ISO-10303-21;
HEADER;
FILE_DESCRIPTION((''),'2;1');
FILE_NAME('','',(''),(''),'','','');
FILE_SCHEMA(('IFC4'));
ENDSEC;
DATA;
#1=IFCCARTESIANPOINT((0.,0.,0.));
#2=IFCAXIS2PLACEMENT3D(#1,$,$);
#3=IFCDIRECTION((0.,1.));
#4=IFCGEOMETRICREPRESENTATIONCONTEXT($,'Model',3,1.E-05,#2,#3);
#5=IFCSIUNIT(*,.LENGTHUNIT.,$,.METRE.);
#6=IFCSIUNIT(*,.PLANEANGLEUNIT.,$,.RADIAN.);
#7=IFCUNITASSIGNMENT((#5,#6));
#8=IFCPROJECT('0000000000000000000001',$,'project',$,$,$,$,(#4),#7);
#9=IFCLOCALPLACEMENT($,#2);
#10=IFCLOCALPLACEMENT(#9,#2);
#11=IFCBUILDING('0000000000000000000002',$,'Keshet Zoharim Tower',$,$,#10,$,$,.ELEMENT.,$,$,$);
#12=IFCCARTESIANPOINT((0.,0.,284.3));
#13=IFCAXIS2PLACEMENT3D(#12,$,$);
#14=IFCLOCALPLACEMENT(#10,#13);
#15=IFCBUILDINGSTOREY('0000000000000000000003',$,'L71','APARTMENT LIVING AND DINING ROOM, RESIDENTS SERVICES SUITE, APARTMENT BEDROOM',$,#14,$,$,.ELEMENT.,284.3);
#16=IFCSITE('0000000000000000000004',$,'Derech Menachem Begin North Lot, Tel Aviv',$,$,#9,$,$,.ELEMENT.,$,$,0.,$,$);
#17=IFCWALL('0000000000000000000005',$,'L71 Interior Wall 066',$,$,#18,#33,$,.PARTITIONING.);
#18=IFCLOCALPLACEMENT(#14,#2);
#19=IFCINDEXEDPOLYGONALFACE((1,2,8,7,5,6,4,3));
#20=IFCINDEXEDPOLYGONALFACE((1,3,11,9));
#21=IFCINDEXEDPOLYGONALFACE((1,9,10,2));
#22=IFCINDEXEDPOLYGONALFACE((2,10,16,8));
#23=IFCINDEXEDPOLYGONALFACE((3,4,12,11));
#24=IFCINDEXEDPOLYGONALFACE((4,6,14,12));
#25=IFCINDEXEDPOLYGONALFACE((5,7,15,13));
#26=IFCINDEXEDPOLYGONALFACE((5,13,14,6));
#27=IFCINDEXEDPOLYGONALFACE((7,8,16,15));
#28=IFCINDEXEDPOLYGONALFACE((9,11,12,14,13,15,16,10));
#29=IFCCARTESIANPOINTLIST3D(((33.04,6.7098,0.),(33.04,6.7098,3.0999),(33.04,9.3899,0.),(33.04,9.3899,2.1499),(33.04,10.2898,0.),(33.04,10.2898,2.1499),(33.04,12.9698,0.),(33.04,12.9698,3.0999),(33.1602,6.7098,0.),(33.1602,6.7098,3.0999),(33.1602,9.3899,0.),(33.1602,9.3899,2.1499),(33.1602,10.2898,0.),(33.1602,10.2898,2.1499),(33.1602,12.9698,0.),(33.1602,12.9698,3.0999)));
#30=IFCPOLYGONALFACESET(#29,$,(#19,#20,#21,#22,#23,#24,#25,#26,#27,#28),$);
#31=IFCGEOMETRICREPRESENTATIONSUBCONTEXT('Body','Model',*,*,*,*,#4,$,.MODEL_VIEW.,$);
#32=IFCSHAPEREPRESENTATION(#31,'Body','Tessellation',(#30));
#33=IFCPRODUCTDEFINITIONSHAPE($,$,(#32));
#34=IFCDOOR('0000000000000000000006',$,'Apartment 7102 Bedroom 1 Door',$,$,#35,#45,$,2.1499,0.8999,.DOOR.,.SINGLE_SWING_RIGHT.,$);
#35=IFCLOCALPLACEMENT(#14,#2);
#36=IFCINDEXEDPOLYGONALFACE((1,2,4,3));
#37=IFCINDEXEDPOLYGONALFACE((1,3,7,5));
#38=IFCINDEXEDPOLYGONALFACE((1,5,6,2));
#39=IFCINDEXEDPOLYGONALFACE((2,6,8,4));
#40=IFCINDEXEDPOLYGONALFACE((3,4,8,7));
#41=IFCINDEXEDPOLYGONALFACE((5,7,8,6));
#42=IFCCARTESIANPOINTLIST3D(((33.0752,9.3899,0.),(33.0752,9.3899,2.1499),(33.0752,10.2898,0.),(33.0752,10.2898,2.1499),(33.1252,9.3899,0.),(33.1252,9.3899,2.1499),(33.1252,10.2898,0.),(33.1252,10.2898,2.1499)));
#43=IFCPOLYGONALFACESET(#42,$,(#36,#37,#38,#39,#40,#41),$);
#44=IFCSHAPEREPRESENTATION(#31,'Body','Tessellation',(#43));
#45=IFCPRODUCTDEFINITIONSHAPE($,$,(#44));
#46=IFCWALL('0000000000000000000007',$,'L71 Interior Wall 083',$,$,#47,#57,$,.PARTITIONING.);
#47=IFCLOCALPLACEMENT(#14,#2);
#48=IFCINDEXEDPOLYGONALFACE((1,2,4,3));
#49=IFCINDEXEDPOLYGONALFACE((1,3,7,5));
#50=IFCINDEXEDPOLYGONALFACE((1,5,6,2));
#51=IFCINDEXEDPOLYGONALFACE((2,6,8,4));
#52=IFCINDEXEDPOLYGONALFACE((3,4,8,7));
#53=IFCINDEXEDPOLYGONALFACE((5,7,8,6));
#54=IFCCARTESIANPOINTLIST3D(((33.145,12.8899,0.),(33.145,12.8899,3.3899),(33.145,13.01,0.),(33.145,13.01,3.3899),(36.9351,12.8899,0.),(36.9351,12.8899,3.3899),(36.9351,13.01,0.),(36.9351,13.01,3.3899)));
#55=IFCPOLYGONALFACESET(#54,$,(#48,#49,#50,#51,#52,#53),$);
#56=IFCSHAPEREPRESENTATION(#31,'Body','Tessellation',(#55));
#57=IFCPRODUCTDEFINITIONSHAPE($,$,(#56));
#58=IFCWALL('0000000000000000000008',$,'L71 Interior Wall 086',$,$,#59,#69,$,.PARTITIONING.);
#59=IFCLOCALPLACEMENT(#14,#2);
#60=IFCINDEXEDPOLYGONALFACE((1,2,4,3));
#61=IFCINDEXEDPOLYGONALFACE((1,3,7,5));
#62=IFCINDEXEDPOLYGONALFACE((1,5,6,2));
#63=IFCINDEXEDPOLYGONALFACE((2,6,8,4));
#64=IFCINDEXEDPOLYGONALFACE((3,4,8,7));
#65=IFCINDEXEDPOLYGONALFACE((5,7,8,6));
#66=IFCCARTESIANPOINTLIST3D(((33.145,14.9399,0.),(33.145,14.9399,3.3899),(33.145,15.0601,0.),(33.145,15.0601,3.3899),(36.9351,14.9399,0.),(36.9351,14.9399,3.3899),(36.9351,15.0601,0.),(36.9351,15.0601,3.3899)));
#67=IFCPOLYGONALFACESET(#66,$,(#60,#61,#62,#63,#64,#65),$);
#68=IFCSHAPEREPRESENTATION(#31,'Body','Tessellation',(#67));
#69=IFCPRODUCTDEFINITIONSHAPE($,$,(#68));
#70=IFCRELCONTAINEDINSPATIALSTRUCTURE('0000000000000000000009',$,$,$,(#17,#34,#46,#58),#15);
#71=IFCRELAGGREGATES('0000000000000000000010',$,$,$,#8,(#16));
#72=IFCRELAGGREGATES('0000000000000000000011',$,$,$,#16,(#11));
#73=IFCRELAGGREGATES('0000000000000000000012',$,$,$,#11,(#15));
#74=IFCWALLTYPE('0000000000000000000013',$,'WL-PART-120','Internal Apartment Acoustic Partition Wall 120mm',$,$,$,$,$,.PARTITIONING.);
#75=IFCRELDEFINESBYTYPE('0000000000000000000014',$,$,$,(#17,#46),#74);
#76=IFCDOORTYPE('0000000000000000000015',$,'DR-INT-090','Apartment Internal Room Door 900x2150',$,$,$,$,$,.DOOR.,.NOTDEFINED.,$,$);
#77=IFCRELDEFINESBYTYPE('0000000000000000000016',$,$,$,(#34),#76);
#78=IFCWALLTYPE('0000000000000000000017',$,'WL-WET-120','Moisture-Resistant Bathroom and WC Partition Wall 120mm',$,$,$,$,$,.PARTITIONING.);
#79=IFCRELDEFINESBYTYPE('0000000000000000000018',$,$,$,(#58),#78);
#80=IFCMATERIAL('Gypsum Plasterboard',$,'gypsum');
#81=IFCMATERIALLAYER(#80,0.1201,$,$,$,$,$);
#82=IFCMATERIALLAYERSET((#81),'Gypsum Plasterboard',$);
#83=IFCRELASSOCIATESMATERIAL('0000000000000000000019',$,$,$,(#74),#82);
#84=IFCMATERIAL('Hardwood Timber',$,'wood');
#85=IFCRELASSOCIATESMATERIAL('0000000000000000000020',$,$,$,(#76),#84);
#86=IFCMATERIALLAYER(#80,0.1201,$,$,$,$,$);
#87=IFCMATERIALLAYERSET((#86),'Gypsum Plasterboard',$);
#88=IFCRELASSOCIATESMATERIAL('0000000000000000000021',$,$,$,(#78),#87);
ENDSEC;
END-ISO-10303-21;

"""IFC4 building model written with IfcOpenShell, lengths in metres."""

from ifc_helpers import new_model, si_unit, direction, frame, frame_2d, origin, place, context, subcontext, project, spatial, rectangle, extrude, material, layer, layer_set, type_object, element, fill, save


model = new_model("IFC4")

# Units and contexts
model_context = context("Model", 3, precision=1e-05, world=origin(), true_north=direction((0.0, 1.0)))
body_context = subcontext(model_context, "Body", "Model", "MODEL_VIEW")
ifc_project = project(units=[si_unit("LENGTHUNIT", "METRE"), si_unit("PLANEANGLEUNIT", "RADIAN")], contexts=[model_context])

# Site, building, storey
site_placement = place(None, origin())
site = spatial("IfcSite", under=ifc_project, at=site_placement, Name="Derech Menachem Begin North Lot, Tel Aviv", CompositionType="ELEMENT", RefElevation=0.0)
building_placement = place(site_placement, origin())
building = spatial("IfcBuilding", under=site, at=building_placement, Name="Keshet Zoharim Tower", CompositionType="ELEMENT")
storey_placement = place(building_placement, frame((0.0, 0.0, 284.3)))
storey = spatial("IfcBuildingStorey", under=building, at=storey_placement, Name="L71", Description="APARTMENT LIVING AND DINING ROOM, RESIDENTS SERVICES SUITE, APARTMENT BEDROOM", CompositionType="ELEMENT", Elevation=284.3)

# Shared definitions
ifc_material_1 = material(Name="Gypsum Plasterboard", Category="gypsum")
ifc_layer_1 = layer(ifc_material_1, 0.1201)
ifc_layer_set_1 = layer_set([ifc_layer_1], Name="Gypsum Plasterboard")
wall_type_1 = type_object("IfcWallType", Name="WL-PART-120", Description="Internal Apartment Acoustic Partition Wall 120mm", PredefinedType="PARTITIONING", material=ifc_layer_set_1)

# Wall, opening, door
wall_1_placement = place(storey_placement, frame((33.1001, 6.71, 0.0), z_axis=(0.0, 0.0, 1.0), x_axis=(0.0, 1.0, 0.0)))
wall_1 = element("IfcWall", 1, at=wall_1_placement, inside=storey, type_object=wall_type_1, Name="L71 Interior Wall 066", PredefinedType="PARTITIONING", context=body_context, shape_type="SweptSolid", body=[
    extrude(rectangle(XDim=6.26, YDim=0.1201, at=frame_2d((3.1299, 0.0))), origin(), (0.0, 0.0, 1.0), 3.0999),
])
opening_1_placement = place(wall_1_placement, frame((2.6799, 0.0, 0.0)))
opening_1 = element("IfcOpeningElement", 2, at=opening_1_placement, cuts=wall_1, PredefinedType="OPENING", context=body_context, shape_type="SweptSolid", body=[
    extrude(rectangle(XDim=0.8999, YDim=2.1499, at=frame_2d((0.45, 1.075))), frame((0.0, 0.0701, 0.0), z_axis=(0.0, -1.0, 0.0), x_axis=(1.0, 0.0, 0.0)), (0.0, 0.0, 1.0), 0.1401),
])
ifc_material_2 = material(Name="Hardwood Timber", Category="wood")
door_type = type_object("IfcDoorType", Name="DR-INT-090", Description="Apartment Internal Room Door 900x2150", OperationType="NOTDEFINED", PredefinedType="DOOR", material=ifc_material_2)
door_1_placement = place(opening_1_placement, origin())
door_1 = element("IfcDoor", 3, at=door_1_placement, inside=storey, type_object=door_type, Name="Apartment 7102 Bedroom 1 Door", OperationType="SINGLE_SWING_RIGHT", OverallHeight=2.1499, OverallWidth=0.8999, PredefinedType="DOOR", context=body_context, shape_type="SweptSolid", body=[
    extrude(rectangle(XDim=0.8999, YDim=2.1499, at=frame_2d((0.45, 1.075))), frame((0.0, 0.0249, 0.0), z_axis=(0.0, -1.0, 0.0), x_axis=(1.0, 0.0, 0.0)), (0.0, 0.0, 1.0), 0.05),
])
fill(opening_1, door_1)

# Walls
wall_2_placement = place(storey_placement, frame((33.145, 12.95, 0.0), z_axis=(0.0, 0.0, 1.0), x_axis=(1.0, 0.0, 0.0)))
element("IfcWall", 4, at=wall_2_placement, inside=storey, type_object=wall_type_1, Name="L71 Interior Wall 083", PredefinedType="PARTITIONING", context=body_context, shape_type="SweptSolid", body=[
    extrude(rectangle(XDim=3.79, YDim=0.1201, at=frame_2d((1.895, 0.0))), origin(), (0.0, 0.0, 1.0), 3.3899),
])
ifc_layer_2 = layer(ifc_material_1, 0.1201)
ifc_layer_set_2 = layer_set([ifc_layer_2], Name="Gypsum Plasterboard")
wall_type_2 = type_object("IfcWallType", Name="WL-WET-120", Description="Moisture-Resistant Bathroom and WC Partition Wall 120mm", PredefinedType="PARTITIONING", material=ifc_layer_set_2)
wall_3_placement = place(storey_placement, frame((33.145, 15.0, 0.0), z_axis=(0.0, 0.0, 1.0), x_axis=(1.0, 0.0, 0.0)))
element("IfcWall", 5, at=wall_3_placement, inside=storey, type_object=wall_type_2, Name="L71 Interior Wall 086", PredefinedType="PARTITIONING", context=body_context, shape_type="SweptSolid", body=[
    extrude(rectangle(XDim=3.79, YDim=0.1201, at=frame_2d((1.895, 0.0))), origin(), (0.0, 0.0, 1.0), 3.3899),
])

save(model, "model.ifc")
